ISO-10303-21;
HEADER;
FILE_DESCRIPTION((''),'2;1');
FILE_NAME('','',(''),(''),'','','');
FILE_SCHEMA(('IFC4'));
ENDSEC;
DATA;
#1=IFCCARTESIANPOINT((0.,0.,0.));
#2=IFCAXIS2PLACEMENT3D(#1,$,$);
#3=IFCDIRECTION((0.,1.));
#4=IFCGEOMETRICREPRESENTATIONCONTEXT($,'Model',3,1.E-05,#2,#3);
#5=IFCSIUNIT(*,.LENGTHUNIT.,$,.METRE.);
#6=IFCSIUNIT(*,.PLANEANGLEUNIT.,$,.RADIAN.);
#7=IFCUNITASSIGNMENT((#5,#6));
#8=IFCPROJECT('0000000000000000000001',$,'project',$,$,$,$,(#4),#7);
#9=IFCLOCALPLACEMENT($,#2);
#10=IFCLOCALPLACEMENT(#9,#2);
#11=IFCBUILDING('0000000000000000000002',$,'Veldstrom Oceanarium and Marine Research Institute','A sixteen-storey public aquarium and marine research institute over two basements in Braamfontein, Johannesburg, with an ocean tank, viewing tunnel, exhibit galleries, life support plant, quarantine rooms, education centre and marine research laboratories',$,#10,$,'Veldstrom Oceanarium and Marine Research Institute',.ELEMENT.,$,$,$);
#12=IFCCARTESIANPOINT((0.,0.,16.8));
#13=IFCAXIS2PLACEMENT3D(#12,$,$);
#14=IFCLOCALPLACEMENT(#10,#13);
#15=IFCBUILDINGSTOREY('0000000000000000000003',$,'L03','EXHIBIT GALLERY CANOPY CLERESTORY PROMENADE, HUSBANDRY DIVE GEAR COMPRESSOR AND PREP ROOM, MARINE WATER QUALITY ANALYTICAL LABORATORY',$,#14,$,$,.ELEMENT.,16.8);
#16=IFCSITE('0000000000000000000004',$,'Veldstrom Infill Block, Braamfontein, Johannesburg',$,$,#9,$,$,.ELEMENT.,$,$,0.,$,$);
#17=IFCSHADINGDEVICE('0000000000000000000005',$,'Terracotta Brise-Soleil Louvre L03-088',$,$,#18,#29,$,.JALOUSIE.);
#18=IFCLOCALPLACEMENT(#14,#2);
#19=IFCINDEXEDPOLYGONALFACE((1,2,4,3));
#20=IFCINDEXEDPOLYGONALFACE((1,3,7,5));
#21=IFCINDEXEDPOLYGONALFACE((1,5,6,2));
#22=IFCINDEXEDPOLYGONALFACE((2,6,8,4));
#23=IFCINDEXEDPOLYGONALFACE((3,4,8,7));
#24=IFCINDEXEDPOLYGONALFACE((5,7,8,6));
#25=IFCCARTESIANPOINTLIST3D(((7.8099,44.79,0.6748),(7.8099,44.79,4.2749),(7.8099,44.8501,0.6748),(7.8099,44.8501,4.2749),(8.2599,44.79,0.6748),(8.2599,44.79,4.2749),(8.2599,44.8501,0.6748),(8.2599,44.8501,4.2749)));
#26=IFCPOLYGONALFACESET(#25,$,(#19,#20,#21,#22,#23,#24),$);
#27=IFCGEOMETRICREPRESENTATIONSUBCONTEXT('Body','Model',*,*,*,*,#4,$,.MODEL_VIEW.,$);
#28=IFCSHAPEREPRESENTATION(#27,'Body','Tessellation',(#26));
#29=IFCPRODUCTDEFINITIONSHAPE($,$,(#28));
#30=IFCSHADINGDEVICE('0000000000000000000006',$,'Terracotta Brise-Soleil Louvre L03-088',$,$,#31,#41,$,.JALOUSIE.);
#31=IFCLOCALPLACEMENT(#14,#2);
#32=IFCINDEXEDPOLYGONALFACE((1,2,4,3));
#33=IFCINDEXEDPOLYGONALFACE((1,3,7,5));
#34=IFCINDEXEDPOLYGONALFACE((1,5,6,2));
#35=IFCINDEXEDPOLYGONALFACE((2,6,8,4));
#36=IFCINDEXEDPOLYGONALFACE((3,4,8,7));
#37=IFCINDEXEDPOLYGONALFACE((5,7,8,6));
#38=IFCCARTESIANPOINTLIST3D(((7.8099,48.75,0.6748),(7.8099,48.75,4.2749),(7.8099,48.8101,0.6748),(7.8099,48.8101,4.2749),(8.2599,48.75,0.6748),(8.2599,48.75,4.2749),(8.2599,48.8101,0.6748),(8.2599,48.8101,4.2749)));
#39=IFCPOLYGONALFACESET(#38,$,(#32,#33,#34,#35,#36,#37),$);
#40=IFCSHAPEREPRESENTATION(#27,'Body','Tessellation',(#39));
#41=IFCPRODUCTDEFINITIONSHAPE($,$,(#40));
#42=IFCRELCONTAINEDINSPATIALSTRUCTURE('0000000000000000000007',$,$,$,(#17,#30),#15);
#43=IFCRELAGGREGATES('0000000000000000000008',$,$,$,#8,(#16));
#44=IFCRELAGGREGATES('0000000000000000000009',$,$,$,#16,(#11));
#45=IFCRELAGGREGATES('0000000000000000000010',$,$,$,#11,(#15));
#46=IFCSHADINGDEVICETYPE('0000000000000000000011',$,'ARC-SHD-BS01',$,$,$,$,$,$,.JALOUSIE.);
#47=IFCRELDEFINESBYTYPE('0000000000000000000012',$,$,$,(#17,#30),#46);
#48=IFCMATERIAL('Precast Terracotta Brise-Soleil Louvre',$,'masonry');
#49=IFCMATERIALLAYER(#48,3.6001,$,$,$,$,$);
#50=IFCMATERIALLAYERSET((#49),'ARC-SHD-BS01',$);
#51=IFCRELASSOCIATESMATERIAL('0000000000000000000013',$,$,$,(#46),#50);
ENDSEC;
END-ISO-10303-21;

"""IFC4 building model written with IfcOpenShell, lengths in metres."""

from ifc_helpers import new_model, si_unit, direction, frame, origin, origin_2d, place, context, subcontext, project, spatial, rectangle, extrude, material, layer, layer_set, type_object, element, save


model = new_model("IFC4")

# Units and contexts
model_context = context("Model", 3, precision=1e-05, world=origin(), true_north=direction((0.0, 1.0)))
body_context = subcontext(model_context, "Body", "Model", "MODEL_VIEW")
ifc_project = project(units=[si_unit("LENGTHUNIT", "METRE"), si_unit("PLANEANGLEUNIT", "RADIAN")], contexts=[model_context])

# Site, building, storey
site_placement = place(None, origin())
site = spatial("IfcSite", under=ifc_project, at=site_placement, Name="Veldstrom Infill Block, Braamfontein, Johannesburg", CompositionType="ELEMENT", RefElevation=0.0)
building_placement = place(site_placement, origin())
building = spatial("IfcBuilding", under=site, at=building_placement, Name="Veldstrom Oceanarium and Marine Research Institute", Description="A sixteen-storey public aquarium and marine research institute over two basements in Braamfontein, Johannesburg, with an ocean tank, viewing tunnel, exhibit galleries, life support plant, quarantine rooms, education centre and marine research laboratories", LongName="Veldstrom Oceanarium and Marine Research Institute", CompositionType="ELEMENT")
storey_placement = place(building_placement, frame((0.0, 0.0, 16.8)))
storey = spatial("IfcBuildingStorey", under=building, at=storey_placement, Name="L03", Description="EXHIBIT GALLERY CANOPY CLERESTORY PROMENADE, HUSBANDRY DIVE GEAR COMPRESSOR AND PREP ROOM, MARINE WATER QUALITY ANALYTICAL LABORATORY", CompositionType="ELEMENT", Elevation=16.8)

# Shading devices
ifc_material_1 = material(Name="Precast Terracotta Brise-Soleil Louvre", Category="masonry")
ifc_layer_1 = layer(ifc_material_1, 3.6001)
ifc_layer_set_1 = layer_set([ifc_layer_1], Name="ARC-SHD-BS01")
shading_device_type = type_object("IfcShadingDeviceType", Name="ARC-SHD-BS01", PredefinedType="JALOUSIE", material=ifc_layer_set_1)
for number, where, z_axis, x_axis, name in (
    (1, (8.0349, 44.8201, 0.6748), (0.0, 0.0, 1.0), (1.0, 0.0, 0.0), "Terracotta Brise-Soleil Louvre L03-088"),
    (2, (8.0349, 48.78, 0.6748), (0.0, 0.0, 1.0), (1.0, 0.0, 0.0), "Terracotta Brise-Soleil Louvre L03-088"),
):
    element("IfcShadingDevice", number, at=place(storey_placement, frame(where, z_axis=z_axis, x_axis=x_axis)), inside=storey, type_object=shading_device_type, Name=name, PredefinedType="JALOUSIE", context=body_context, shape_type="SweptSolid", body=[
        extrude(rectangle(XDim=0.45, YDim=0.0601, at=origin_2d()), origin(), (0.0, 0.0, 1.0), 3.6001),
    ])

save(model, "model.ifc")
